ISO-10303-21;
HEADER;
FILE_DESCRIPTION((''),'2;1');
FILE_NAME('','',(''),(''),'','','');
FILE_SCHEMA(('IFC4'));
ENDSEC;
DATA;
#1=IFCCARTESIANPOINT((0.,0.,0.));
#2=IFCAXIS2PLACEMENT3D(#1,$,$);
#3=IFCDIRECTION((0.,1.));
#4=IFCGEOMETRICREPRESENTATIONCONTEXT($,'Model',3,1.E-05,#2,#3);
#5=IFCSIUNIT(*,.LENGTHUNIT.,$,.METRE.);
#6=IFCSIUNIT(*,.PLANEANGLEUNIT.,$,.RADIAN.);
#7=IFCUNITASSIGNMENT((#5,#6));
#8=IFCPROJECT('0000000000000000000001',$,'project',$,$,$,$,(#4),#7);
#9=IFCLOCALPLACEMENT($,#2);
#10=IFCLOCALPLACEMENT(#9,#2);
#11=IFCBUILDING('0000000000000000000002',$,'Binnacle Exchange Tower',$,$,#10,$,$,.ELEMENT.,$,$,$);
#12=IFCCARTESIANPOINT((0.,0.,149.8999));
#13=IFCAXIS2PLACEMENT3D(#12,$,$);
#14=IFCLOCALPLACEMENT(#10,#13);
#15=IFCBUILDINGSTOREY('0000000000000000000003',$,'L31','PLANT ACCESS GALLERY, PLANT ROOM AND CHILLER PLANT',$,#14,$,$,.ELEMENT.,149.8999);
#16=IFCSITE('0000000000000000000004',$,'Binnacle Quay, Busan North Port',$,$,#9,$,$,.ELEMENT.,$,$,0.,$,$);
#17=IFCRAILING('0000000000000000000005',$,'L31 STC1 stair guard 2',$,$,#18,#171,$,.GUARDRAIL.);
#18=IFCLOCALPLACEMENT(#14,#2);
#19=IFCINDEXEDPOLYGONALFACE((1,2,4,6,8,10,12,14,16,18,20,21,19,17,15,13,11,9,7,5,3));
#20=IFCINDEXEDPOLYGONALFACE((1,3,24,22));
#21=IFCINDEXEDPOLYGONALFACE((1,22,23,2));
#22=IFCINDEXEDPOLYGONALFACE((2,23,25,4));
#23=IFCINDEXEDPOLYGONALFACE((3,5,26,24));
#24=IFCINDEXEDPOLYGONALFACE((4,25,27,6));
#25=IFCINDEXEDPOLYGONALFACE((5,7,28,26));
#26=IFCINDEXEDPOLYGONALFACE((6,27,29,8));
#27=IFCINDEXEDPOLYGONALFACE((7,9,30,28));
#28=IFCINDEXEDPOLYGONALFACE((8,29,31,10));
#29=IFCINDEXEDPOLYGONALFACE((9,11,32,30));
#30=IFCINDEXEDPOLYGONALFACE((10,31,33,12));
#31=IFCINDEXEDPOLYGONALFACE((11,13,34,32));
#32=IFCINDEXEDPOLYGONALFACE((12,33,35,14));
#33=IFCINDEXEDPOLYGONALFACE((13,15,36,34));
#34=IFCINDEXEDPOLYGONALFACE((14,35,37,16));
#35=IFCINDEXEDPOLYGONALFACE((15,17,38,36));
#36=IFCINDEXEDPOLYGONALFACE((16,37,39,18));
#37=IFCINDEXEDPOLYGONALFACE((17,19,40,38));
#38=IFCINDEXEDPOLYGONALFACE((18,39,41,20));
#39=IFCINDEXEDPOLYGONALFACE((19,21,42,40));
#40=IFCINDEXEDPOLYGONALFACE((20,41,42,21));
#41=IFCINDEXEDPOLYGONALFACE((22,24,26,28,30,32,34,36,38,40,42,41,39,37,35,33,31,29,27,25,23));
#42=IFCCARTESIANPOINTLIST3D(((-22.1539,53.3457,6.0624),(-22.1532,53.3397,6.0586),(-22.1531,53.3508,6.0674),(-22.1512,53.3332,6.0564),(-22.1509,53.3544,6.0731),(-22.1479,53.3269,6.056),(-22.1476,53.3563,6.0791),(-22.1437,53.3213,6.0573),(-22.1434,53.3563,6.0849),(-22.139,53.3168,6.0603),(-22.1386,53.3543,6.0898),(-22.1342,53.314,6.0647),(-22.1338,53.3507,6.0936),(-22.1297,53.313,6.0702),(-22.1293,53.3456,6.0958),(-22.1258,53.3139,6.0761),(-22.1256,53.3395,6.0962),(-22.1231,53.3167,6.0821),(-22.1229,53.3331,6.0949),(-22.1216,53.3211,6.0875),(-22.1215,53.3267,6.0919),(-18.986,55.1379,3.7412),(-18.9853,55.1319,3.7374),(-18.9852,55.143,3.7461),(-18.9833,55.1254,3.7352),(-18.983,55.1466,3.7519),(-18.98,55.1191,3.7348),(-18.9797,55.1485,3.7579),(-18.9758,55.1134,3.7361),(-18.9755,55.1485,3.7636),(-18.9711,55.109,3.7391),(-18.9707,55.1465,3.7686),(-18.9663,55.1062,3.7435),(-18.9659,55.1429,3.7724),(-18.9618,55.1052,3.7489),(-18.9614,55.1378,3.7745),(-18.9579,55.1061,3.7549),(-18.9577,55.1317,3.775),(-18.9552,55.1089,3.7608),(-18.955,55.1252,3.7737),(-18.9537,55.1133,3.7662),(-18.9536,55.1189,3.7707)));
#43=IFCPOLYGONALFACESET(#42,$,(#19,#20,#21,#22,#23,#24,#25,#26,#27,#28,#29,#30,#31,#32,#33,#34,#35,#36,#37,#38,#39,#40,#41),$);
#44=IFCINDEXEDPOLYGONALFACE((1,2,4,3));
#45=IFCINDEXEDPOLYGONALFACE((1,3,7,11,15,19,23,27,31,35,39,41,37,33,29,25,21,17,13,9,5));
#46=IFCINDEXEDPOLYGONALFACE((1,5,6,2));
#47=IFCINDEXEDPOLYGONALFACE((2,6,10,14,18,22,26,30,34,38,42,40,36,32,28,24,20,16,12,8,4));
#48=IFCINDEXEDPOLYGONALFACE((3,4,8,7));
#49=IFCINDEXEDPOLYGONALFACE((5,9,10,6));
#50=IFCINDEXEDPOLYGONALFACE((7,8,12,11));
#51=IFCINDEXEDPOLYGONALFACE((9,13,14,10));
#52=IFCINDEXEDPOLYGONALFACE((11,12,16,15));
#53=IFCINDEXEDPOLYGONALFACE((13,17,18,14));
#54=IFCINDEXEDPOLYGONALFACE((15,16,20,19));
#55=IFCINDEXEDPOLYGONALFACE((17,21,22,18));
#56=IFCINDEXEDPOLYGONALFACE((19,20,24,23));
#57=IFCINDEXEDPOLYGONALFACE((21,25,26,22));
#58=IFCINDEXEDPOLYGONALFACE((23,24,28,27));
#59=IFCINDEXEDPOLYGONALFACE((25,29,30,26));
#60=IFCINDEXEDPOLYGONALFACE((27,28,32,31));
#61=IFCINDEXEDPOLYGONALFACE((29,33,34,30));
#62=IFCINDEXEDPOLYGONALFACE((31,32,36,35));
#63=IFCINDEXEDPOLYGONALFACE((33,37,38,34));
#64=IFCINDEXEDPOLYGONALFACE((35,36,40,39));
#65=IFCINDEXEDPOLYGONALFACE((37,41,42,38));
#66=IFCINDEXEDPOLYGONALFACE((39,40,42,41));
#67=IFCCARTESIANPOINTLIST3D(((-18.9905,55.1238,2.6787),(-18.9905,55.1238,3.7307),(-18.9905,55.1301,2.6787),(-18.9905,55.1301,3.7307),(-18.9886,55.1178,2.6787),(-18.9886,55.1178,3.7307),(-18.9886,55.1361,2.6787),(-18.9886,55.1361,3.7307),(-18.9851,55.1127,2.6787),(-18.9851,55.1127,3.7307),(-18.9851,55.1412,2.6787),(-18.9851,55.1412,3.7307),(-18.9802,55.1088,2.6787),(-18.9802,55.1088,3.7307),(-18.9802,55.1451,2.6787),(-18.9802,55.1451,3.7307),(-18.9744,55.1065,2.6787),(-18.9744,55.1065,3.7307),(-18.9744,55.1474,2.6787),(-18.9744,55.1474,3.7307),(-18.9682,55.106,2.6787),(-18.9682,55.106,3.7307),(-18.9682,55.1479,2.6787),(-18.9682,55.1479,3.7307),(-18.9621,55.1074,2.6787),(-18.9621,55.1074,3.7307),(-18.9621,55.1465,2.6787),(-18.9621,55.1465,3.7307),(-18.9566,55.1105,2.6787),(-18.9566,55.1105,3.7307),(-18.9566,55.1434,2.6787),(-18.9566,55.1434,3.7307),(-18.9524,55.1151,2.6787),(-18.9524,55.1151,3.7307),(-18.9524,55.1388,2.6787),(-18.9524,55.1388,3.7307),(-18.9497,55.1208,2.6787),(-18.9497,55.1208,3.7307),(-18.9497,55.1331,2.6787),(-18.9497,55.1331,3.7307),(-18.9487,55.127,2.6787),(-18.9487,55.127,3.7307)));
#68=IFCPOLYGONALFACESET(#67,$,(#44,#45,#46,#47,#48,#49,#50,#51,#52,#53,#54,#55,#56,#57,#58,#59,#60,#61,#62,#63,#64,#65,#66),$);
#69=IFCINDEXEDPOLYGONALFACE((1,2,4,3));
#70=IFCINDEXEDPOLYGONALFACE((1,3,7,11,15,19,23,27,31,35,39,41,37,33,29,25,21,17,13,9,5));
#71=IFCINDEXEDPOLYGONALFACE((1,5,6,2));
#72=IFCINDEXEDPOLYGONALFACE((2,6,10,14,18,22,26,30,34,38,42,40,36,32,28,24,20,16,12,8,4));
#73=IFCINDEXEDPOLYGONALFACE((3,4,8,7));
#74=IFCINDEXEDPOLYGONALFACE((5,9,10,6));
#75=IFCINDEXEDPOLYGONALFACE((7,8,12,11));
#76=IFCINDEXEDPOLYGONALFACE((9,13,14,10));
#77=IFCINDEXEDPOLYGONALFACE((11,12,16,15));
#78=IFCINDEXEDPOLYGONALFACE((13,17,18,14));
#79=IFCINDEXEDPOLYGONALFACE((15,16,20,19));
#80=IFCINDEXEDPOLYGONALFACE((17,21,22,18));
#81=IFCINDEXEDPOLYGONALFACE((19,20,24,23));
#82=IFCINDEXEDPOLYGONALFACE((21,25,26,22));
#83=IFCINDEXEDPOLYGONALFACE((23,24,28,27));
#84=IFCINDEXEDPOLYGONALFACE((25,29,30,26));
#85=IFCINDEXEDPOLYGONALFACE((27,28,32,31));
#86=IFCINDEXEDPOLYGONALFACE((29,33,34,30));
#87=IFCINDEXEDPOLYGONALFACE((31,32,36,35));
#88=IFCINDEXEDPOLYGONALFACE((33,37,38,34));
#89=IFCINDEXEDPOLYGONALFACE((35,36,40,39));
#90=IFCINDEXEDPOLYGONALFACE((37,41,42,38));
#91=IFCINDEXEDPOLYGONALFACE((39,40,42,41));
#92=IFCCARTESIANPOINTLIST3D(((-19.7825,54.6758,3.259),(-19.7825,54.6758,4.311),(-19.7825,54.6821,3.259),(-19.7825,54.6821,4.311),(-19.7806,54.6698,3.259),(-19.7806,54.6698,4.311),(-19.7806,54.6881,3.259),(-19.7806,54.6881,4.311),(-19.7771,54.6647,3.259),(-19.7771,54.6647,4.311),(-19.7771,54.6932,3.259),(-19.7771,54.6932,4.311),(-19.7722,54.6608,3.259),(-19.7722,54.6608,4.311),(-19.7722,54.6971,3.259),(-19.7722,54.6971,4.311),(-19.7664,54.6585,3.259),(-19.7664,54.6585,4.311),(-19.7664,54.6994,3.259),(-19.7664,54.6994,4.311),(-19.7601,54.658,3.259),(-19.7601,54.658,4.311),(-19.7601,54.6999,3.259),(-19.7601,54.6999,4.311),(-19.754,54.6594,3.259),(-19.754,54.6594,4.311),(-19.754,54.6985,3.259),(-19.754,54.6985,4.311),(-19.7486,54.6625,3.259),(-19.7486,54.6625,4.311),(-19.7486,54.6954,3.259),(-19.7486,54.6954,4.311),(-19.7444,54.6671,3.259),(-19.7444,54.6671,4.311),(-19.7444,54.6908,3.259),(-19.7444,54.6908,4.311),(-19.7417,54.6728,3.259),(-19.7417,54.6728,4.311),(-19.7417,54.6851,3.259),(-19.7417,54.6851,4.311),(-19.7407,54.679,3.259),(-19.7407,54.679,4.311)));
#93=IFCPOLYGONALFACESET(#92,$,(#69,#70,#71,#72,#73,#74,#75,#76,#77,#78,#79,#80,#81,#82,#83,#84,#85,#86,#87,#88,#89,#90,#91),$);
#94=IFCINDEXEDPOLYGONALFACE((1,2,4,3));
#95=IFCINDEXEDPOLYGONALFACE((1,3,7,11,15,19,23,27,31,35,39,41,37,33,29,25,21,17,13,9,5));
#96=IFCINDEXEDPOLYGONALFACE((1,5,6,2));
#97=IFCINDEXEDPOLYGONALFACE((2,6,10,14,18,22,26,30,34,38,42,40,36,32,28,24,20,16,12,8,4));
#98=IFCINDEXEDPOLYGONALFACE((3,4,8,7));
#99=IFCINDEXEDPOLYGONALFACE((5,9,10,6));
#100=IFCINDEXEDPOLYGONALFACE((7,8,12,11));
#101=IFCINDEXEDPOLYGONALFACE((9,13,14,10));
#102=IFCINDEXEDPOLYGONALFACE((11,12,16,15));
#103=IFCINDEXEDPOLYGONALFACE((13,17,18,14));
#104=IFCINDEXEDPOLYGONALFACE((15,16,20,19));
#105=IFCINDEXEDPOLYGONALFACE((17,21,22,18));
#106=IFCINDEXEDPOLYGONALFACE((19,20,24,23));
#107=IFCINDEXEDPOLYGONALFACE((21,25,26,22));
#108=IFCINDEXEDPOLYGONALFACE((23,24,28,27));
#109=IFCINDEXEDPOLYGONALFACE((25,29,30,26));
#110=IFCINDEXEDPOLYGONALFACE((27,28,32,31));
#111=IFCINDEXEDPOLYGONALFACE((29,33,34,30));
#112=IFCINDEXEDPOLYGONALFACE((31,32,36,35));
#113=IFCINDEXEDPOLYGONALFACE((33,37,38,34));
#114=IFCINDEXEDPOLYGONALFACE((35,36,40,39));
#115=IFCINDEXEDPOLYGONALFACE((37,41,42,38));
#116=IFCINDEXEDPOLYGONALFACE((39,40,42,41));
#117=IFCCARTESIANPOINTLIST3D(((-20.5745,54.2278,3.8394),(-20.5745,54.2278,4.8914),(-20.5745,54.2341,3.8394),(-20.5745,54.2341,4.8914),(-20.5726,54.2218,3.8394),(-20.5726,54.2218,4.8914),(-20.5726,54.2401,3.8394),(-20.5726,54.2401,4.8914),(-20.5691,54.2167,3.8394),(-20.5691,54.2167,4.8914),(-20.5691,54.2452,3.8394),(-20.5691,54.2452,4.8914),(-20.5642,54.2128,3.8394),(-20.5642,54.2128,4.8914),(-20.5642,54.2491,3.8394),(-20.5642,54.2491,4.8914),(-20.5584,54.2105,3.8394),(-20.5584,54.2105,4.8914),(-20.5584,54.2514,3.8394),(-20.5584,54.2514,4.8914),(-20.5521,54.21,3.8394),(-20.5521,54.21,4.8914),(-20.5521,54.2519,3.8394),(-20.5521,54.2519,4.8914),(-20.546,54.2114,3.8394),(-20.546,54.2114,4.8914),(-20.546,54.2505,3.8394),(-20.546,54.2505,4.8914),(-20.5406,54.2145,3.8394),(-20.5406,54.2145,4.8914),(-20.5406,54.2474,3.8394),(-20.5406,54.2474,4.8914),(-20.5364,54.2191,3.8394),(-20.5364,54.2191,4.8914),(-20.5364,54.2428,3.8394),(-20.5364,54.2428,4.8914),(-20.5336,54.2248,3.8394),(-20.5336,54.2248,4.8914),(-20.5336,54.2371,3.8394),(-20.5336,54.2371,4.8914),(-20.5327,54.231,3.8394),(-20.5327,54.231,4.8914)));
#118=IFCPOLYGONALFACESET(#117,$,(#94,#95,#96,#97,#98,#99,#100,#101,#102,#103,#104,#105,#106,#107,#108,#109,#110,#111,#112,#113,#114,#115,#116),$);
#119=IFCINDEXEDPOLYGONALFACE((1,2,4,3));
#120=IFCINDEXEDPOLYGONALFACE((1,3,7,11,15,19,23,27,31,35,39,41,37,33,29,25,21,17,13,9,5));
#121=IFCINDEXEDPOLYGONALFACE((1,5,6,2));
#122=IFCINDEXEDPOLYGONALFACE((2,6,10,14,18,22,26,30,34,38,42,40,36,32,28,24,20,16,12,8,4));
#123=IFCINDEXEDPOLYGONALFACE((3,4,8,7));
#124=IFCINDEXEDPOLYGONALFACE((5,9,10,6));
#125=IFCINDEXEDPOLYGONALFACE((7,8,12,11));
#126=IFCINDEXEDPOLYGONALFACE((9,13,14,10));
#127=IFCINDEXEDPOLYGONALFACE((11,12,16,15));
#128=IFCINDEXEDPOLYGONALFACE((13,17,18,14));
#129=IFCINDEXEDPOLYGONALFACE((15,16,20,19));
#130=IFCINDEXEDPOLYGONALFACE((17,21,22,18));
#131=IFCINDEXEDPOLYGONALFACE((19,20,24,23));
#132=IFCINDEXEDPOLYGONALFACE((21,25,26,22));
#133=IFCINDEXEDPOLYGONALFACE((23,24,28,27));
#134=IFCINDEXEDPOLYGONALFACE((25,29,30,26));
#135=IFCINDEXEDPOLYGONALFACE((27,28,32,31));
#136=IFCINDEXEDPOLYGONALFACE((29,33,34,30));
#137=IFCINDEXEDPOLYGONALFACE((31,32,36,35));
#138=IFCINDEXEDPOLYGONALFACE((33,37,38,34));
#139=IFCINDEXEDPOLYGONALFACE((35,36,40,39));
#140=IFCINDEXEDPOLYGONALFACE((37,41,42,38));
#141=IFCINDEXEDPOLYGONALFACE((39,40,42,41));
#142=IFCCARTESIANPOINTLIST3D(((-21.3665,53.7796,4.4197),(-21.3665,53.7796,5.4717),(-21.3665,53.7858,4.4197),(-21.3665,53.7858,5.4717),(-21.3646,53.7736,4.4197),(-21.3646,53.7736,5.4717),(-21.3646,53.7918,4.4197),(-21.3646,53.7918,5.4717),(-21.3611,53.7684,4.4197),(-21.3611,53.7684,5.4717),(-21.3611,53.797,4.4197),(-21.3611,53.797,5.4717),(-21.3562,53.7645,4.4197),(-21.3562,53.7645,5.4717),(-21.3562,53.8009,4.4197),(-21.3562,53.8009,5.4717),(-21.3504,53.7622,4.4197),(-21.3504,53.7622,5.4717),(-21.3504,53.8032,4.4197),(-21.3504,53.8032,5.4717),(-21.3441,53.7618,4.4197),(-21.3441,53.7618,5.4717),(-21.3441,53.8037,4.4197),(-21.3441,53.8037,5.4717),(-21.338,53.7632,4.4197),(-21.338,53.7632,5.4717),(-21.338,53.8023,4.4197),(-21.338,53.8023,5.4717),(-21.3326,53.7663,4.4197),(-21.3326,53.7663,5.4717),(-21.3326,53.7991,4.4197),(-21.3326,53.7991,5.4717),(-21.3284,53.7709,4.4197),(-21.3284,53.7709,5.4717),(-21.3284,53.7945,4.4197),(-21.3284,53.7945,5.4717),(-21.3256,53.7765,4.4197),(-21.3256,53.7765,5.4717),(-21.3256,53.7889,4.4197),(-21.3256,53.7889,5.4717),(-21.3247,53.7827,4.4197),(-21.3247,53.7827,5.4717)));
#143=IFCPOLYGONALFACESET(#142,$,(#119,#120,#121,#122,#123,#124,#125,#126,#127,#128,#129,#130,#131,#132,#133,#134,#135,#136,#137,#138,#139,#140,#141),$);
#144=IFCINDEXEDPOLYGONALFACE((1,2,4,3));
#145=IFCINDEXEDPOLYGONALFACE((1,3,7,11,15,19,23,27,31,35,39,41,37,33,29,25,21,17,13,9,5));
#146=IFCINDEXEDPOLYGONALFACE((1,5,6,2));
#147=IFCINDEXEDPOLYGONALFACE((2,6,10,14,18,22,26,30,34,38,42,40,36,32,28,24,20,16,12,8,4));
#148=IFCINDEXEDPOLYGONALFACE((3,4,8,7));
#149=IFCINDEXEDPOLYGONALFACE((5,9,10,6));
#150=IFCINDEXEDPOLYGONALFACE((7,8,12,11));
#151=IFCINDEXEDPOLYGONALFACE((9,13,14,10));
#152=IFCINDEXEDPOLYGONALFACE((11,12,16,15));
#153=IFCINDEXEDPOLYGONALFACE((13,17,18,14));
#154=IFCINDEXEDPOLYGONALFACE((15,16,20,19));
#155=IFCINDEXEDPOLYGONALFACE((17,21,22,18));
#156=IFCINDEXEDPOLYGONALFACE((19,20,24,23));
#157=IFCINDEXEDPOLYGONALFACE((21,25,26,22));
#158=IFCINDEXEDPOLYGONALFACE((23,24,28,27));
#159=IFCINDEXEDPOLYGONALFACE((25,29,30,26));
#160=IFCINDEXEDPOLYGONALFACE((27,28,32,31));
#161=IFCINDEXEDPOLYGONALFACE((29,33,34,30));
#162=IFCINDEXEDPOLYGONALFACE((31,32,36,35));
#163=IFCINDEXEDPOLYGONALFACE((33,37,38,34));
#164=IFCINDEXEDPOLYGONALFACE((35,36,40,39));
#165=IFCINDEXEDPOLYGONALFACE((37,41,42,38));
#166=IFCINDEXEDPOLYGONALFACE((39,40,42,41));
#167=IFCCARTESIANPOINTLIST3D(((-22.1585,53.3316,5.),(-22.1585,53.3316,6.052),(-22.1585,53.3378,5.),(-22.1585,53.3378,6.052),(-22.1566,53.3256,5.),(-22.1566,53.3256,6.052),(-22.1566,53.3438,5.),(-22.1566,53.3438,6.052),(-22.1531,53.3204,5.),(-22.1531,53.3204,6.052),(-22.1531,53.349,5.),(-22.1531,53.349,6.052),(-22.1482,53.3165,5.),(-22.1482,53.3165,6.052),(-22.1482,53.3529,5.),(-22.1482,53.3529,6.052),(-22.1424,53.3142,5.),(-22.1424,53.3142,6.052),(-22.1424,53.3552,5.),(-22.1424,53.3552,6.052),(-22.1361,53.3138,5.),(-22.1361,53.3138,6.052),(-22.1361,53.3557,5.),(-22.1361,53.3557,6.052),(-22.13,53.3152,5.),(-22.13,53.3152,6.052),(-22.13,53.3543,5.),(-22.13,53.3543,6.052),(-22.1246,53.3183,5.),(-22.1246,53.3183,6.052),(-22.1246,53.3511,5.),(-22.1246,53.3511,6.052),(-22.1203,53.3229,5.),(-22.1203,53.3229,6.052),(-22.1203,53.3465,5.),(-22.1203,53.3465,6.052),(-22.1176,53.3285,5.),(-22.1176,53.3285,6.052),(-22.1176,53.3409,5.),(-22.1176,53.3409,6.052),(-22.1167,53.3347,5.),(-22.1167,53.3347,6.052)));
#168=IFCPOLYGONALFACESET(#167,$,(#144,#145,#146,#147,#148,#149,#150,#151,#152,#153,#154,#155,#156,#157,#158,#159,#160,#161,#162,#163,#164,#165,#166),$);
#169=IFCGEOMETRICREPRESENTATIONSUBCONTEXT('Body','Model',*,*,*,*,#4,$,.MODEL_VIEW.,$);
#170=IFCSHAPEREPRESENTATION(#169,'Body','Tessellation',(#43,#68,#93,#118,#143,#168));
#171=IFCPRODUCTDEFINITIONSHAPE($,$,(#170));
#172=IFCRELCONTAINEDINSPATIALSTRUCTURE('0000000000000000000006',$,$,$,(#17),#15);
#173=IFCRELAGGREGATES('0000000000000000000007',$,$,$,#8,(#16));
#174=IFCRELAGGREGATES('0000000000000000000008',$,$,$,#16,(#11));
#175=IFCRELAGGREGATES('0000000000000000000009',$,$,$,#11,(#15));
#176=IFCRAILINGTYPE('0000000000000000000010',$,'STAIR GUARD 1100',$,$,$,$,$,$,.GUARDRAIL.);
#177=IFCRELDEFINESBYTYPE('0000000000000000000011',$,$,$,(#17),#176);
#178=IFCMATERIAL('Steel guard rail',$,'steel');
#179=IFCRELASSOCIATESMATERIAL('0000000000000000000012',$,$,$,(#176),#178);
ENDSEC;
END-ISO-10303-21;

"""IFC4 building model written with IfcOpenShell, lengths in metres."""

from ifc_helpers import new_model, si_unit, direction, frame, origin, origin_2d, place, context, subcontext, project, spatial, circle, extrude, material, type_object, element, save


model = new_model("IFC4")

# Units and contexts
model_context = context("Model", 3, precision=1e-05, world=origin(), true_north=direction((0.0, 1.0)))
body_context = subcontext(model_context, "Body", "Model", "MODEL_VIEW")
ifc_project = project(units=[si_unit("LENGTHUNIT", "METRE"), si_unit("PLANEANGLEUNIT", "RADIAN")], contexts=[model_context])

# Site, building, storey
site_placement = place(None, origin())
site = spatial("IfcSite", under=ifc_project, at=site_placement, Name="Binnacle Quay, Busan North Port", CompositionType="ELEMENT", RefElevation=0.0)
building_placement = place(site_placement, origin())
building = spatial("IfcBuilding", under=site, at=building_placement, Name="Binnacle Exchange Tower", CompositionType="ELEMENT")
storey_placement = place(building_placement, frame((0.0, 0.0, 149.8999)))
storey = spatial("IfcBuildingStorey", under=building, at=storey_placement, Name="L31", Description="PLANT ACCESS GALLERY, PLANT ROOM AND CHILLER PLANT", CompositionType="ELEMENT", Elevation=149.8999)

# Railing
ifc_material_1 = material(Name="Steel guard rail", Category="steel")
railing_type = type_object("IfcRailingType", Name="STAIR GUARD 1100", PredefinedType="GUARDRAIL", material=ifc_material_1)
railing_placement = place(storey_placement, frame((-18.9697, 55.127, 2.6787)))
element("IfcRailing", 1, at=railing_placement, inside=storey, type_object=railing_type, Name="L31 STC1 stair guard 2", PredefinedType="GUARDRAIL", context=body_context, shape_type="SweptSolid", body=[
    extrude(circle(Radius=0.0239, at=origin_2d()), frame((0.0, 0.0, 1.0762), z_axis=(-0.733835, -0.415157, 0.537708), x_axis=(0.4924, -0.870369, 0.0)), (0.0, 0.0, 1.0), 4.3169),
    extrude(circle(Radius=0.021, at=origin_2d()), origin(), (0.0, 0.0, 1.0), 1.052),
    extrude(circle(Radius=0.021, at=origin_2d()), frame((-0.792, -0.448, 0.5803)), (0.0, 0.0, 1.0), 1.052),
    extrude(circle(Radius=0.021, at=origin_2d()), frame((-1.584, -0.896, 1.1606)), (0.0, 0.0, 1.0), 1.052),
    extrude(circle(Radius=0.021, at=origin_2d()), frame((-2.376, -1.3442, 1.741)), (0.0, 0.0, 1.0), 1.052),
    extrude(circle(Radius=0.021, at=origin_2d()), frame((-3.168, -1.7922, 2.3213)), (0.0, 0.0, 1.0), 1.052),
])

save(model, "model.ifc")
